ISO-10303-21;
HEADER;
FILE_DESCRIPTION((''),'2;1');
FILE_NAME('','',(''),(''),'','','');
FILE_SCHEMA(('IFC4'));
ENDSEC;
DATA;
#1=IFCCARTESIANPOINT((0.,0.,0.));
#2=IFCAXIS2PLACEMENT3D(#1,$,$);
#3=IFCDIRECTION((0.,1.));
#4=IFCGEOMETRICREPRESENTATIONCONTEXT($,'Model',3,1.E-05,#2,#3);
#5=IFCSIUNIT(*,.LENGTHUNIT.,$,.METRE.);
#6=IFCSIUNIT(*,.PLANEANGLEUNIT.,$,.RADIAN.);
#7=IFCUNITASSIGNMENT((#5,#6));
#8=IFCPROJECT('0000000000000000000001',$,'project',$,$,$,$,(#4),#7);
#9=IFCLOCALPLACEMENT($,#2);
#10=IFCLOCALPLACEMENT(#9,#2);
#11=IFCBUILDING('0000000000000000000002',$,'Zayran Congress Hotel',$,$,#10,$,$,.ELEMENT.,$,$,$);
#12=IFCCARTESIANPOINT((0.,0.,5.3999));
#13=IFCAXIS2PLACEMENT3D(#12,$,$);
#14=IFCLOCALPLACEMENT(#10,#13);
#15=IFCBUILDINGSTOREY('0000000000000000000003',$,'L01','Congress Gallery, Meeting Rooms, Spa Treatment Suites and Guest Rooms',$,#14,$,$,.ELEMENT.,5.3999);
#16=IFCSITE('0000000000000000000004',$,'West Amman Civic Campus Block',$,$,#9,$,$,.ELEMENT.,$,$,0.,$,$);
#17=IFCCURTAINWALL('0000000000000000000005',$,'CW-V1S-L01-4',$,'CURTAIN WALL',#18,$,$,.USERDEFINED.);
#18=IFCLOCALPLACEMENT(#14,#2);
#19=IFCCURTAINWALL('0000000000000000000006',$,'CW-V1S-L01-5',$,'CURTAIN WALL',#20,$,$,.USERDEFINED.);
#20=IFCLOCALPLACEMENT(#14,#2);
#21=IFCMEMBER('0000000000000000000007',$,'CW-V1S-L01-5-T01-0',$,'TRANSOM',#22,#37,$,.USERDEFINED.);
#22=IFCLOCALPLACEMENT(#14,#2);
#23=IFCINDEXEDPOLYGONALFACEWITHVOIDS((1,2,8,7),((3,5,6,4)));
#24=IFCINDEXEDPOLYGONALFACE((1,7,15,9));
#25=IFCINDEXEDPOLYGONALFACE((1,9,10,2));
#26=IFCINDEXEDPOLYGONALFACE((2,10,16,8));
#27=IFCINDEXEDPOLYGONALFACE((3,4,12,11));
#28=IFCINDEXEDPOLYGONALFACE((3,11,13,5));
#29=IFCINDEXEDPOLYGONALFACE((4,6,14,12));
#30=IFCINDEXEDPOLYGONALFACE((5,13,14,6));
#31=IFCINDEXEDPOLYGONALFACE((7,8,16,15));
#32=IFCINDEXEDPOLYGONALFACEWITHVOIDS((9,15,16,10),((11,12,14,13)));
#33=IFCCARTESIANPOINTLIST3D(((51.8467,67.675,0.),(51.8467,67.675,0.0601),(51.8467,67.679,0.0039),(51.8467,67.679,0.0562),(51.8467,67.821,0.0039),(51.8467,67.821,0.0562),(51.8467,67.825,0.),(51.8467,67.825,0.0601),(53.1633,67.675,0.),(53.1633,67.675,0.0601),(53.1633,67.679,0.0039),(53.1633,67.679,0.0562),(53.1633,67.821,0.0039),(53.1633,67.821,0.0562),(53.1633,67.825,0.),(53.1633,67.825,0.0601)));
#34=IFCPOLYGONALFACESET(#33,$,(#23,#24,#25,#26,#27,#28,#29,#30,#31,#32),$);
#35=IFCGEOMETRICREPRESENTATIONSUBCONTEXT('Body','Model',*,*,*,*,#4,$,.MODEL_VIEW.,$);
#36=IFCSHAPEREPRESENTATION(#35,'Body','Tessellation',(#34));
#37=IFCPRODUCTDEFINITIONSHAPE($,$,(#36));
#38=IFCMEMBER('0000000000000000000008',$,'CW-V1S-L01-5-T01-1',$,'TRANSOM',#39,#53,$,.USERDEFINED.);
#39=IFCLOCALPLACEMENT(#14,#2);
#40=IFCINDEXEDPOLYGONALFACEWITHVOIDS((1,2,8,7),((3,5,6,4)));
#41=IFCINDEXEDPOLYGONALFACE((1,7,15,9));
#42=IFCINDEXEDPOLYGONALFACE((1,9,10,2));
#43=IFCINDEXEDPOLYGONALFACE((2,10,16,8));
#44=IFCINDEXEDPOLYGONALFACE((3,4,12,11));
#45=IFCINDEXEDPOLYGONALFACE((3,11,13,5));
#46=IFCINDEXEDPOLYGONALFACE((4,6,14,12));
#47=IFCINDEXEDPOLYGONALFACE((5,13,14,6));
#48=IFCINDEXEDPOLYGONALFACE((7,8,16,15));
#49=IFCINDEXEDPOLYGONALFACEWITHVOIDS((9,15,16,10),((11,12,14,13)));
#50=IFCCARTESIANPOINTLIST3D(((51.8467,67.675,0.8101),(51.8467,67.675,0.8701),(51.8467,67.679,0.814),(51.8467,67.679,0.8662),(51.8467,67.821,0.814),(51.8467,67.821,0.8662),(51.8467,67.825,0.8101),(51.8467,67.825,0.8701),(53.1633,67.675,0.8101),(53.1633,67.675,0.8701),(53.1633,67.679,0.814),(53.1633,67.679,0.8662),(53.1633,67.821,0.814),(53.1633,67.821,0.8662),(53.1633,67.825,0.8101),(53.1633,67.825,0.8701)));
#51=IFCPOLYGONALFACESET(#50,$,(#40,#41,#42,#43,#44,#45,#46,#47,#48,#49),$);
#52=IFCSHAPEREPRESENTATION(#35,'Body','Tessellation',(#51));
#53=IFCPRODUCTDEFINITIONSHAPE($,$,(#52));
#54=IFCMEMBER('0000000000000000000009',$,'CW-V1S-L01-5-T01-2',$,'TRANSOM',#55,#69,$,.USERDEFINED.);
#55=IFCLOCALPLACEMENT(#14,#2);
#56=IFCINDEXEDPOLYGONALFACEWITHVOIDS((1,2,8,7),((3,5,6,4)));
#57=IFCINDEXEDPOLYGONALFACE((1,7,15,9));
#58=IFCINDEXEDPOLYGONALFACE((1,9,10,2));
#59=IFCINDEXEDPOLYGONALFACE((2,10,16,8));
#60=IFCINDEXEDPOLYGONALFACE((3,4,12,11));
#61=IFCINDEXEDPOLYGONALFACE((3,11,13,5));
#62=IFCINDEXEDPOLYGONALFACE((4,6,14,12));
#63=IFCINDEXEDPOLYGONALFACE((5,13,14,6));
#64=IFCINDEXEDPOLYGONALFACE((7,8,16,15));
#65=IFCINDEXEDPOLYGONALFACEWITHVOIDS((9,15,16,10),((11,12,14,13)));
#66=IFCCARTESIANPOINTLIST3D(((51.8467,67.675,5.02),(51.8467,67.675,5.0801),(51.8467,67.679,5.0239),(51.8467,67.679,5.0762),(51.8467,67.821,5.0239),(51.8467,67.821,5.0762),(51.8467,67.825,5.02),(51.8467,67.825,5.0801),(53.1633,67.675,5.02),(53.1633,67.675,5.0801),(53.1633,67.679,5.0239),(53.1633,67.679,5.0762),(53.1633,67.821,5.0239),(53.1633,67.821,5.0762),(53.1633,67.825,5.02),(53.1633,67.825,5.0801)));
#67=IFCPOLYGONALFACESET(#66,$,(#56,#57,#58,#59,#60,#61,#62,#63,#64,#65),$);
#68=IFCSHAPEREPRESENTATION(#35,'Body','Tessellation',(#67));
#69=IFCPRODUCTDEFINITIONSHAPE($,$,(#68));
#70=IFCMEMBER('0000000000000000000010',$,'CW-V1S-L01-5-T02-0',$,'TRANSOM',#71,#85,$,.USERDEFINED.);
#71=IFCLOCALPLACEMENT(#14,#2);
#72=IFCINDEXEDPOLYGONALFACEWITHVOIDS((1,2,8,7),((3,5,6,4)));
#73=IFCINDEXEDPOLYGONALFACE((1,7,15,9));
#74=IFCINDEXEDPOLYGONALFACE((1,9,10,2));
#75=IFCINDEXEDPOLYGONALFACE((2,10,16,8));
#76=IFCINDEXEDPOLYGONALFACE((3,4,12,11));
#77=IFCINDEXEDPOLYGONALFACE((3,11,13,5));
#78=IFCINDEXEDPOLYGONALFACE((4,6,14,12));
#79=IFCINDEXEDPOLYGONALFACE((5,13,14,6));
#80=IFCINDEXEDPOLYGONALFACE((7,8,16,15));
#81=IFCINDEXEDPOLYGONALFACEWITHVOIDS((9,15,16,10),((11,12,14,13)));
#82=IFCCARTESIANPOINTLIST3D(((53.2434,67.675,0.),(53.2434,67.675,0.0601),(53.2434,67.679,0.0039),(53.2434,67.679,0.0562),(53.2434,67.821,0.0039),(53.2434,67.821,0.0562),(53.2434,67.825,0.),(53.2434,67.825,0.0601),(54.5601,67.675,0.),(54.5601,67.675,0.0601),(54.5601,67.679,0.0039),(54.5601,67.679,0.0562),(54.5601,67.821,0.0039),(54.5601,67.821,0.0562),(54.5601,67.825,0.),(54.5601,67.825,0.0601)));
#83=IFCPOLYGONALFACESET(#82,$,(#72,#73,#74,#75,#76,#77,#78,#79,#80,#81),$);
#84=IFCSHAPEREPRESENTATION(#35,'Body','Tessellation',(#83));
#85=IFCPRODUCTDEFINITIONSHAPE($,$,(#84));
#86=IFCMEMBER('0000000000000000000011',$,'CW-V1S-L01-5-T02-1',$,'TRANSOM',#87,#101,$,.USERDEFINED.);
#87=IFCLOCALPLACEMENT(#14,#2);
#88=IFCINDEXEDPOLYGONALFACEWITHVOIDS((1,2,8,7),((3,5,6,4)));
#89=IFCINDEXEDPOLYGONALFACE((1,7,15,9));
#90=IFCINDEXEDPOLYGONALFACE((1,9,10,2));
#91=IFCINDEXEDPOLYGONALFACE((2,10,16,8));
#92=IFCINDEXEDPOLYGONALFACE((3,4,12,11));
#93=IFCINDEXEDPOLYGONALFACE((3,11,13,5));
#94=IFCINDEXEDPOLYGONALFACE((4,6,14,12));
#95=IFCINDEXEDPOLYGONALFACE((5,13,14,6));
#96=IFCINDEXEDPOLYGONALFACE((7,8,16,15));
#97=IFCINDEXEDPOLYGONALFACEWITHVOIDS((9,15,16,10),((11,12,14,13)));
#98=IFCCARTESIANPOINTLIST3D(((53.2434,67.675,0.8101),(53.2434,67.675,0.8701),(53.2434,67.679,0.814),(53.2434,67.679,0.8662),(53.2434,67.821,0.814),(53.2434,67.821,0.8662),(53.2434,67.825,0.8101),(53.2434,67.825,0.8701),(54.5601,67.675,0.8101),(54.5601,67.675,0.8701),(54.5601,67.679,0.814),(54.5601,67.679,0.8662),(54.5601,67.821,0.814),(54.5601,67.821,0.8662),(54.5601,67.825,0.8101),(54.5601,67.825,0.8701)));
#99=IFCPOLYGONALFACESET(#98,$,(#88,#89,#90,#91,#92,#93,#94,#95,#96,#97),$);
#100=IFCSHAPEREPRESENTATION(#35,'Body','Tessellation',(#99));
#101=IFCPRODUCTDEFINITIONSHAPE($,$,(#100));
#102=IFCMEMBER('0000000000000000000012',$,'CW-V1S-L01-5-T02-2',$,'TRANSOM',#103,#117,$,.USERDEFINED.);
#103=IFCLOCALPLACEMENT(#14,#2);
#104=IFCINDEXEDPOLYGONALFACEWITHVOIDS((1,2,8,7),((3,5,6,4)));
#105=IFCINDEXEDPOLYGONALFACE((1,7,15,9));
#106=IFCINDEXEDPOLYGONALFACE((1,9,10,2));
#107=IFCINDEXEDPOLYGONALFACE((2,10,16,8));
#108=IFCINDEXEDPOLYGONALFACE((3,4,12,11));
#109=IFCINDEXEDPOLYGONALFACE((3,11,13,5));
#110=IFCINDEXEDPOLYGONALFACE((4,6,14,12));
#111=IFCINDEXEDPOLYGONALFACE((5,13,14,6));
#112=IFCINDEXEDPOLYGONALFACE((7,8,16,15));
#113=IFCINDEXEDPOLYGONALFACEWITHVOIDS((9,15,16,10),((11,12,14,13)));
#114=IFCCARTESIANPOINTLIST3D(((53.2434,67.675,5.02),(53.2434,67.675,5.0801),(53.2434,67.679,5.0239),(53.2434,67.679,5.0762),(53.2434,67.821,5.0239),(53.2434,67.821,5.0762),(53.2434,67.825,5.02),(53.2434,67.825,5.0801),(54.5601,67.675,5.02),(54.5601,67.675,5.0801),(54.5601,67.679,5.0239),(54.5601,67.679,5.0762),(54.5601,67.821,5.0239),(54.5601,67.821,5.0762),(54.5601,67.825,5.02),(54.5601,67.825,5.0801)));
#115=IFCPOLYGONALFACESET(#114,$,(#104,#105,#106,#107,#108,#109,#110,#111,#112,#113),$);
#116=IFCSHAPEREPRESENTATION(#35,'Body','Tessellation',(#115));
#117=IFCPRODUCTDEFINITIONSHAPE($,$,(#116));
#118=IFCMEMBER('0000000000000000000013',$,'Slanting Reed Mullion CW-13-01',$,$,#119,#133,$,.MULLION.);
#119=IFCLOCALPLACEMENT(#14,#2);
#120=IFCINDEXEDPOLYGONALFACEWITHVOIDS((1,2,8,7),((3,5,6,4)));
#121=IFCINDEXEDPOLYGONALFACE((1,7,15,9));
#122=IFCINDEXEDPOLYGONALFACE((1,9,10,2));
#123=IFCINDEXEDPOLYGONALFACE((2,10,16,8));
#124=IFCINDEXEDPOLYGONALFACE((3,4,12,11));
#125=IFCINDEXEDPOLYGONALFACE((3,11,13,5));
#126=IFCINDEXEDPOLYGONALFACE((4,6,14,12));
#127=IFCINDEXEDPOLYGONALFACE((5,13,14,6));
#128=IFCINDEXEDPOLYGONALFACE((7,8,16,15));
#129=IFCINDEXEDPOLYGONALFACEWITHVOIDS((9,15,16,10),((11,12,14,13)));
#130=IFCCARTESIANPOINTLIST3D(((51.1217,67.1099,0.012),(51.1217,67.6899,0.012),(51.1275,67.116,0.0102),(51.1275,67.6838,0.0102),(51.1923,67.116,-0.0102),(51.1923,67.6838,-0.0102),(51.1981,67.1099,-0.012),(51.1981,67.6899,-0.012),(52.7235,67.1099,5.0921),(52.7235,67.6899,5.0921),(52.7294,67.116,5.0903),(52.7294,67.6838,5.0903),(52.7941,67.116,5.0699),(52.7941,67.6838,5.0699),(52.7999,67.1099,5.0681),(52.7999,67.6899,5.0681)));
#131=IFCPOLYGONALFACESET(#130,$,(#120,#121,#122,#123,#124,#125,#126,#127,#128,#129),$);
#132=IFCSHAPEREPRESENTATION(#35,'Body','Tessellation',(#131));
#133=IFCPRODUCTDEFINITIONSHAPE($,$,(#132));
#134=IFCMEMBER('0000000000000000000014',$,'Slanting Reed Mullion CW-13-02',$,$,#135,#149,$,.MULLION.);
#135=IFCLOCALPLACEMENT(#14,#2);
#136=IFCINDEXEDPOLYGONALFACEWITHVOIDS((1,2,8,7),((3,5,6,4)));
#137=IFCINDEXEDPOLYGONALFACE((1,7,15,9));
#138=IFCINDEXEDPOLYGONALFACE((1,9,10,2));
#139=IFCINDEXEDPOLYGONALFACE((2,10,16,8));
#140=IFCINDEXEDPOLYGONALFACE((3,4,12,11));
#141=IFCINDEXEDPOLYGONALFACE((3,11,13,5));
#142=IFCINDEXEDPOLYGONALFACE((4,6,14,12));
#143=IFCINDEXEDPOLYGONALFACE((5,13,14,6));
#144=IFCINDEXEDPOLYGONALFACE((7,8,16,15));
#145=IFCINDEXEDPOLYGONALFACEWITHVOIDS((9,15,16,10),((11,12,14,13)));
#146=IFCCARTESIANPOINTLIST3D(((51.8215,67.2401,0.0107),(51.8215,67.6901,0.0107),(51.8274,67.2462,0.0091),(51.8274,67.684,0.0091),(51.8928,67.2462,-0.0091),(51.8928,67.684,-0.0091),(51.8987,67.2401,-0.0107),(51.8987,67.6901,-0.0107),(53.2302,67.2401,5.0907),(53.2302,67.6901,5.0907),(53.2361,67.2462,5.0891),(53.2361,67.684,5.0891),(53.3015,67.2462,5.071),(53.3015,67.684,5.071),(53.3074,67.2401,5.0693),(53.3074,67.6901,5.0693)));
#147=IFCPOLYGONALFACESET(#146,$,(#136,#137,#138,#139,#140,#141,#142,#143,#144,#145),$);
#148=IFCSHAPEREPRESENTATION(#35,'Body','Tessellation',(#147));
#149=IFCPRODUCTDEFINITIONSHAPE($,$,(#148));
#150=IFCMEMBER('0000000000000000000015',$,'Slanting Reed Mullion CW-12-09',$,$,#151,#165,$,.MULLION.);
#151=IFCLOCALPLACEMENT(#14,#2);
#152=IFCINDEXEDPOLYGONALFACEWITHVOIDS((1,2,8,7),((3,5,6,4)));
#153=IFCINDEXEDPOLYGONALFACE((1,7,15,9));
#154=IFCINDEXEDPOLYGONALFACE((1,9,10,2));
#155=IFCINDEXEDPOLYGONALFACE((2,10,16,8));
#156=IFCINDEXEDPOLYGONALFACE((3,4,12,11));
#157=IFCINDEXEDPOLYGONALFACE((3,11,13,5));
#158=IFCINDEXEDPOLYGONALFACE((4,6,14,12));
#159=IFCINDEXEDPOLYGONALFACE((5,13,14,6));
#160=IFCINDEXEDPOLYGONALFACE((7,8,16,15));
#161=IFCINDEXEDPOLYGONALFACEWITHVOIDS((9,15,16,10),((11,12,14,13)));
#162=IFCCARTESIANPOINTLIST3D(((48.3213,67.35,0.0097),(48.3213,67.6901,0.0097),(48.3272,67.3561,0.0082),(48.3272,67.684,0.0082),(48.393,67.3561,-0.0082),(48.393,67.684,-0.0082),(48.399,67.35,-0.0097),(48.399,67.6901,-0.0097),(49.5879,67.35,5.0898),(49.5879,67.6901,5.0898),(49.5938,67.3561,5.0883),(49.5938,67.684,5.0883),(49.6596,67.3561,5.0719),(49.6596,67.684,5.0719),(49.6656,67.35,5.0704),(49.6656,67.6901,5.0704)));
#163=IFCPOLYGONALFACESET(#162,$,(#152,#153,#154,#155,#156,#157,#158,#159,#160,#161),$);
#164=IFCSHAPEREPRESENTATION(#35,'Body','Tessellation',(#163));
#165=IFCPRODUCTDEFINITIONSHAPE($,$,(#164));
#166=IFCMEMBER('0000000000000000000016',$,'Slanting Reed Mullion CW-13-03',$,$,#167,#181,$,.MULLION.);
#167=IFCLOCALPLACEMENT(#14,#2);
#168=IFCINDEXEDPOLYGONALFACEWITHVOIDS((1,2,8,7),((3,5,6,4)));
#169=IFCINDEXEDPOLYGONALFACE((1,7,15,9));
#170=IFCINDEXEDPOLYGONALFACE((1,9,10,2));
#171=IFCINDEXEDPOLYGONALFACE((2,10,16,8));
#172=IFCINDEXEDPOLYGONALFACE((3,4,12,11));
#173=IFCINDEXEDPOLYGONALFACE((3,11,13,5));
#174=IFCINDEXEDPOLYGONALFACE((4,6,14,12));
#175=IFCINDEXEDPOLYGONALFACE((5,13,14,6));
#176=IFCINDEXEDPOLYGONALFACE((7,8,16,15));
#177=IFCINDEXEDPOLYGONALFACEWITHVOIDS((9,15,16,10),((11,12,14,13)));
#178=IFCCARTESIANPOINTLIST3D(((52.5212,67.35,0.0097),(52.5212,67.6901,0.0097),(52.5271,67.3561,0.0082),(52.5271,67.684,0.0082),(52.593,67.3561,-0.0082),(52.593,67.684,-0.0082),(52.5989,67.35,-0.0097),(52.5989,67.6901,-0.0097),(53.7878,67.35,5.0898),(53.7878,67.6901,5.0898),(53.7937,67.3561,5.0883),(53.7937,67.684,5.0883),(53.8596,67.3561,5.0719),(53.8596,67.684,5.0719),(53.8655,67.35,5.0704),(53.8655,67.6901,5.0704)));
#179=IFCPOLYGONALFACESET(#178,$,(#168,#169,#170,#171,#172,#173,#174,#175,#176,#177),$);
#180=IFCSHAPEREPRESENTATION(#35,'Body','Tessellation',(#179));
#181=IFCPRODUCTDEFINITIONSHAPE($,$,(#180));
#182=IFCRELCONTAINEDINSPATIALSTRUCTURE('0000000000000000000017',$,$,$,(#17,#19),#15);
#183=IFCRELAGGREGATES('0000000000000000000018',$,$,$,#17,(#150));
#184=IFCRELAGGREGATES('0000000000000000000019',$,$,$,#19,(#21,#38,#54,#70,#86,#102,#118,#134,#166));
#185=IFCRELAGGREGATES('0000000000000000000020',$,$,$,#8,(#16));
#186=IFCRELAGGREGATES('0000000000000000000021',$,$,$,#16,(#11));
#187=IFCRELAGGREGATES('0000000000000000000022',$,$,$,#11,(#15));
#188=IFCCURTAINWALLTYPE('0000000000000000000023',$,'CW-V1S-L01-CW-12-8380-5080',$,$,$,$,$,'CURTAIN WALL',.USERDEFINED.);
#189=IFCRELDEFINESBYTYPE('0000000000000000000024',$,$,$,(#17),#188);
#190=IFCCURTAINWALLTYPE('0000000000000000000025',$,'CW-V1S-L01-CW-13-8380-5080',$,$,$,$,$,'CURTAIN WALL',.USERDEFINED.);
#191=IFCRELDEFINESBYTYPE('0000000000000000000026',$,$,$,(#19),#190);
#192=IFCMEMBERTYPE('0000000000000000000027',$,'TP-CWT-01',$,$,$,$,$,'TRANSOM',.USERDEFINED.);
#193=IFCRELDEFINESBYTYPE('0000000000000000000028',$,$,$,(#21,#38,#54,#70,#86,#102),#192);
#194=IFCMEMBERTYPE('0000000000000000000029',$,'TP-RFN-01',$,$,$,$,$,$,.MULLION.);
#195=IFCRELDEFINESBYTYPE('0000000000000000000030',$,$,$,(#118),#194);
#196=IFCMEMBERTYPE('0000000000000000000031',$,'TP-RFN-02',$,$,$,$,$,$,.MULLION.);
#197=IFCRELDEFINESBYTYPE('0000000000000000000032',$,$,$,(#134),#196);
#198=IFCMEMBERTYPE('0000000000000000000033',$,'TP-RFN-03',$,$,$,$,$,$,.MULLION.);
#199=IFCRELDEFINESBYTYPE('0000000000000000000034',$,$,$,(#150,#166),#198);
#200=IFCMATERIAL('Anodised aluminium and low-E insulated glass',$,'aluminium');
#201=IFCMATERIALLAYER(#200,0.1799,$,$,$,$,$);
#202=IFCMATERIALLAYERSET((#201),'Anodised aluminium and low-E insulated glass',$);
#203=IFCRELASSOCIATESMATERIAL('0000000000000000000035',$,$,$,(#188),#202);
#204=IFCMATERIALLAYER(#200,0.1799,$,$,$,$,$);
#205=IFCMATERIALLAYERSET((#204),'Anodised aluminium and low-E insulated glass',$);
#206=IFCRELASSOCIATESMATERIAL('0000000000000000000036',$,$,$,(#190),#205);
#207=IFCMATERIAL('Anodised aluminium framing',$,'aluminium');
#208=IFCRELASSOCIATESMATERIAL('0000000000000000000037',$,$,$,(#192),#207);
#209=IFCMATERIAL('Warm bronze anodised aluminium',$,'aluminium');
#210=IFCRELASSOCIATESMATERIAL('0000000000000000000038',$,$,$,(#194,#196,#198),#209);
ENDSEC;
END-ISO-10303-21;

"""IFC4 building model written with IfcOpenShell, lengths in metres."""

from ifc_helpers import new_model, si_unit, direction, frame, origin, origin_2d, place, context, subcontext, project, spatial, hollow_rectangle, extrude, material, layer, layer_set, material_profile, profile_set, type_object, element, aggregate, save


model = new_model("IFC4")

# Units and contexts
model_context = context("Model", 3, precision=1e-05, world=origin(), true_north=direction((0.0, 1.0)))
body_context = subcontext(model_context, "Body", "Model", "MODEL_VIEW")
ifc_project = project(units=[si_unit("LENGTHUNIT", "METRE"), si_unit("PLANEANGLEUNIT", "RADIAN")], contexts=[model_context])

# Site, building, storey
site_placement = place(None, origin())
site = spatial("IfcSite", under=ifc_project, at=site_placement, Name="West Amman Civic Campus Block", CompositionType="ELEMENT", RefElevation=0.0)
building_placement = place(site_placement, origin())
building = spatial("IfcBuilding", under=site, at=building_placement, Name="Zayran Congress Hotel", CompositionType="ELEMENT")
storey_placement = place(building_placement, frame((0.0, 0.0, 5.3999)))
storey = spatial("IfcBuildingStorey", under=building, at=storey_placement, Name="L01", Description="Congress Gallery, Meeting Rooms, Spa Treatment Suites and Guest Rooms", CompositionType="ELEMENT", Elevation=5.3999)

# Curtain walls
ifc_material_1 = material(Name="Anodised aluminium and low-E insulated glass", Category="aluminium")
ifc_layer_1 = layer(ifc_material_1, 0.1799)
ifc_layer_set_1 = layer_set([ifc_layer_1], Name="Anodised aluminium and low-E insulated glass")
curtain_wall_type_1 = type_object("IfcCurtainWallType", Name="CW-V1S-L01-CW-12-8380-5080", ElementType="CURTAIN WALL", PredefinedType="USERDEFINED", material=ifc_layer_set_1)
curtain_wall_1_placement = place(storey_placement, origin())
curtain_wall_1 = element("IfcCurtainWall", 1, at=curtain_wall_1_placement, inside=storey, type_object=curtain_wall_type_1, Name="CW-V1S-L01-4", ObjectType="CURTAIN WALL", PredefinedType="USERDEFINED")
ifc_material_2 = material(Name="Anodised aluminium framing", Category="aluminium")
ifc_layer_2 = layer(ifc_material_1, 0.1799)
ifc_layer_set_2 = layer_set([ifc_layer_2], Name="Anodised aluminium and low-E insulated glass")
curtain_wall_type_2 = type_object("IfcCurtainWallType", Name="CW-V1S-L01-CW-13-8380-5080", ElementType="CURTAIN WALL", PredefinedType="USERDEFINED", material=ifc_layer_set_2)
curtain_wall_2_placement = place(storey_placement, origin())
curtain_wall_2 = element("IfcCurtainWall", 2, at=curtain_wall_2_placement, inside=storey, type_object=curtain_wall_type_2, Name="CW-V1S-L01-5", ObjectType="CURTAIN WALL", PredefinedType="USERDEFINED")

# Members
ifc_material_profile_1 = material_profile(ifc_material_2, hollow_rectangle(XDim=0.0601, YDim=0.1499, WallThickness=0.0039, at=origin_2d()), Name="RHS 150x60x4")
ifc_profile_set_1 = profile_set([ifc_material_profile_1], Name="Anodised aluminium framing")
member_type_1 = type_object("IfcMemberType", Name="TP-CWT-01", ElementType="TRANSOM", PredefinedType="USERDEFINED", material=ifc_profile_set_1)
member_1_placement = place(storey_placement, frame((51.8467, 67.75, 0.03), z_axis=(1.0, 0.0, 0.0), x_axis=(0.0, 0.0, 1.0)))
member_1 = element("IfcMember", 3, at=member_1_placement, type_object=member_type_1, Name="CW-V1S-L01-5-T01-0", ObjectType="TRANSOM", PredefinedType="USERDEFINED", context=body_context, shape_type="SweptSolid", body=[
    extrude(hollow_rectangle(XDim=0.0601, YDim=0.1499, WallThickness=0.0039, at=origin_2d()), origin(), (0.0, 0.0, 1.0), 1.3167),
])
member_2_placement = place(storey_placement, frame((51.8467, 67.75, 0.8401), z_axis=(1.0, 0.0, 0.0), x_axis=(0.0, 0.0, 1.0)))
member_2 = element("IfcMember", 4, at=member_2_placement, type_object=member_type_1, Name="CW-V1S-L01-5-T01-1", ObjectType="TRANSOM", PredefinedType="USERDEFINED", context=body_context, shape_type="SweptSolid", body=[
    extrude(hollow_rectangle(XDim=0.0601, YDim=0.1499, WallThickness=0.0039, at=origin_2d()), origin(), (0.0, 0.0, 1.0), 1.3167),
])
member_3_placement = place(storey_placement, frame((51.8467, 67.75, 5.05), z_axis=(1.0, 0.0, 0.0), x_axis=(0.0, 0.0, 1.0)))
member_3 = element("IfcMember", 5, at=member_3_placement, type_object=member_type_1, Name="CW-V1S-L01-5-T01-2", ObjectType="TRANSOM", PredefinedType="USERDEFINED", context=body_context, shape_type="SweptSolid", body=[
    extrude(hollow_rectangle(XDim=0.0601, YDim=0.1499, WallThickness=0.0039, at=origin_2d()), origin(), (0.0, 0.0, 1.0), 1.3167),
])
member_4_placement = place(storey_placement, frame((53.2434, 67.75, 0.03), z_axis=(1.0, 0.0, 0.0), x_axis=(0.0, 0.0, 1.0)))
member_4 = element("IfcMember", 6, at=member_4_placement, type_object=member_type_1, Name="CW-V1S-L01-5-T02-0", ObjectType="TRANSOM", PredefinedType="USERDEFINED", context=body_context, shape_type="SweptSolid", body=[
    extrude(hollow_rectangle(XDim=0.0601, YDim=0.1499, WallThickness=0.0039, at=origin_2d()), origin(), (0.0, 0.0, 1.0), 1.3167),
])
member_5_placement = place(storey_placement, frame((53.2434, 67.75, 0.8401), z_axis=(1.0, 0.0, 0.0), x_axis=(0.0, 0.0, 1.0)))
member_5 = element("IfcMember", 7, at=member_5_placement, type_object=member_type_1, Name="CW-V1S-L01-5-T02-1", ObjectType="TRANSOM", PredefinedType="USERDEFINED", context=body_context, shape_type="SweptSolid", body=[
    extrude(hollow_rectangle(XDim=0.0601, YDim=0.1499, WallThickness=0.0039, at=origin_2d()), origin(), (0.0, 0.0, 1.0), 1.3167),
])
member_6_placement = place(storey_placement, frame((53.2434, 67.75, 5.05), z_axis=(1.0, 0.0, 0.0), x_axis=(0.0, 0.0, 1.0)))
member_6 = element("IfcMember", 8, at=member_6_placement, type_object=member_type_1, Name="CW-V1S-L01-5-T02-2", ObjectType="TRANSOM", PredefinedType="USERDEFINED", context=body_context, shape_type="SweptSolid", body=[
    extrude(hollow_rectangle(XDim=0.0601, YDim=0.1499, WallThickness=0.0039, at=origin_2d()), origin(), (0.0, 0.0, 1.0), 1.3167),
])
ifc_material_3 = material(Name="Warm bronze anodised aluminium", Category="aluminium")
ifc_material_profile_2 = material_profile(ifc_material_3, hollow_rectangle(XDim=0.0801, YDim=0.5801, WallThickness=0.0061, at=origin_2d()), Name="RHS 580x80x6")
ifc_profile_set_2 = profile_set([ifc_material_profile_2], Name="Warm bronze anodised aluminium")
member_type_2 = type_object("IfcMemberType", Name="TP-RFN-01", PredefinedType="MULLION", material=ifc_profile_set_2)
member_7_placement = place(storey_placement, frame((51.1599, 67.3999, 0.0), z_axis=(0.300717, 0.0, 0.953713), x_axis=(-0.953713, 0.0, 0.300717)))
member_7 = element("IfcMember", 9, at=member_7_placement, type_object=member_type_2, Name="Slanting Reed Mullion CW-13-01", PredefinedType="MULLION", context=body_context, shape_type="SweptSolid", body=[
    extrude(hollow_rectangle(XDim=0.0801, YDim=0.5801, WallThickness=0.0061, at=origin_2d()), origin(), (0.0, 0.0, 1.0), 5.3267),
])
ifc_material_profile_3 = material_profile(ifc_material_3, hollow_rectangle(XDim=0.0801, YDim=0.45, WallThickness=0.0061, at=origin_2d()), Name="RHS 450x80x6")
ifc_profile_set_3 = profile_set([ifc_material_profile_3], Name="Warm bronze anodised aluminium")
member_type_3 = type_object("IfcMemberType", Name="TP-RFN-02", PredefinedType="MULLION", material=ifc_profile_set_3)
member_8_placement = place(storey_placement, frame((51.8601, 67.4651, 0.0), z_axis=(0.267214, 0.0, 0.963637), x_axis=(-0.963637, 0.0, 0.267214)))
member_8 = element("IfcMember", 10, at=member_8_placement, type_object=member_type_3, Name="Slanting Reed Mullion CW-13-02", PredefinedType="MULLION", context=body_context, shape_type="SweptSolid", body=[
    extrude(hollow_rectangle(XDim=0.0801, YDim=0.45, WallThickness=0.0061, at=origin_2d()), origin(), (0.0, 0.0, 1.0), 5.2717),
])
ifc_material_profile_4 = material_profile(ifc_material_3, hollow_rectangle(XDim=0.0801, YDim=0.3401, WallThickness=0.0061, at=origin_2d()), Name="RHS 340x80x6")
ifc_profile_set_4 = profile_set([ifc_material_profile_4], Name="Warm bronze anodised aluminium")
member_type_4 = type_object("IfcMemberType", Name="TP-RFN-03", PredefinedType="MULLION", material=ifc_profile_set_4)
member_9_placement = place(storey_placement, frame((48.3601, 67.52, 0.0), z_axis=(0.241921, 0.0, 0.970296), x_axis=(-0.970296, 0.0, 0.241921)))
member_9 = element("IfcMember", 11, at=member_9_placement, type_object=member_type_4, Name="Slanting Reed Mullion CW-12-09", PredefinedType="MULLION", context=body_context, shape_type="SweptSolid", body=[
    extrude(hollow_rectangle(XDim=0.0801, YDim=0.3401, WallThickness=0.0061, at=origin_2d()), origin(), (0.0, 0.0, 1.0), 5.2356),
])
member_10_placement = place(storey_placement, frame((52.5601, 67.52, 0.0), z_axis=(0.241921, 0.0, 0.970296), x_axis=(-0.970296, 0.0, 0.241921)))
member_10 = element("IfcMember", 12, at=member_10_placement, type_object=member_type_4, Name="Slanting Reed Mullion CW-13-03", PredefinedType="MULLION", context=body_context, shape_type="SweptSolid", body=[
    extrude(hollow_rectangle(XDim=0.0801, YDim=0.3401, WallThickness=0.0061, at=origin_2d()), origin(), (0.0, 0.0, 1.0), 5.2356),
])

aggregate(curtain_wall_1, [member_9])
aggregate(curtain_wall_2, [member_1, member_2, member_3, member_4, member_5, member_6, member_7, member_8, member_10])

save(model, "model.ifc")
